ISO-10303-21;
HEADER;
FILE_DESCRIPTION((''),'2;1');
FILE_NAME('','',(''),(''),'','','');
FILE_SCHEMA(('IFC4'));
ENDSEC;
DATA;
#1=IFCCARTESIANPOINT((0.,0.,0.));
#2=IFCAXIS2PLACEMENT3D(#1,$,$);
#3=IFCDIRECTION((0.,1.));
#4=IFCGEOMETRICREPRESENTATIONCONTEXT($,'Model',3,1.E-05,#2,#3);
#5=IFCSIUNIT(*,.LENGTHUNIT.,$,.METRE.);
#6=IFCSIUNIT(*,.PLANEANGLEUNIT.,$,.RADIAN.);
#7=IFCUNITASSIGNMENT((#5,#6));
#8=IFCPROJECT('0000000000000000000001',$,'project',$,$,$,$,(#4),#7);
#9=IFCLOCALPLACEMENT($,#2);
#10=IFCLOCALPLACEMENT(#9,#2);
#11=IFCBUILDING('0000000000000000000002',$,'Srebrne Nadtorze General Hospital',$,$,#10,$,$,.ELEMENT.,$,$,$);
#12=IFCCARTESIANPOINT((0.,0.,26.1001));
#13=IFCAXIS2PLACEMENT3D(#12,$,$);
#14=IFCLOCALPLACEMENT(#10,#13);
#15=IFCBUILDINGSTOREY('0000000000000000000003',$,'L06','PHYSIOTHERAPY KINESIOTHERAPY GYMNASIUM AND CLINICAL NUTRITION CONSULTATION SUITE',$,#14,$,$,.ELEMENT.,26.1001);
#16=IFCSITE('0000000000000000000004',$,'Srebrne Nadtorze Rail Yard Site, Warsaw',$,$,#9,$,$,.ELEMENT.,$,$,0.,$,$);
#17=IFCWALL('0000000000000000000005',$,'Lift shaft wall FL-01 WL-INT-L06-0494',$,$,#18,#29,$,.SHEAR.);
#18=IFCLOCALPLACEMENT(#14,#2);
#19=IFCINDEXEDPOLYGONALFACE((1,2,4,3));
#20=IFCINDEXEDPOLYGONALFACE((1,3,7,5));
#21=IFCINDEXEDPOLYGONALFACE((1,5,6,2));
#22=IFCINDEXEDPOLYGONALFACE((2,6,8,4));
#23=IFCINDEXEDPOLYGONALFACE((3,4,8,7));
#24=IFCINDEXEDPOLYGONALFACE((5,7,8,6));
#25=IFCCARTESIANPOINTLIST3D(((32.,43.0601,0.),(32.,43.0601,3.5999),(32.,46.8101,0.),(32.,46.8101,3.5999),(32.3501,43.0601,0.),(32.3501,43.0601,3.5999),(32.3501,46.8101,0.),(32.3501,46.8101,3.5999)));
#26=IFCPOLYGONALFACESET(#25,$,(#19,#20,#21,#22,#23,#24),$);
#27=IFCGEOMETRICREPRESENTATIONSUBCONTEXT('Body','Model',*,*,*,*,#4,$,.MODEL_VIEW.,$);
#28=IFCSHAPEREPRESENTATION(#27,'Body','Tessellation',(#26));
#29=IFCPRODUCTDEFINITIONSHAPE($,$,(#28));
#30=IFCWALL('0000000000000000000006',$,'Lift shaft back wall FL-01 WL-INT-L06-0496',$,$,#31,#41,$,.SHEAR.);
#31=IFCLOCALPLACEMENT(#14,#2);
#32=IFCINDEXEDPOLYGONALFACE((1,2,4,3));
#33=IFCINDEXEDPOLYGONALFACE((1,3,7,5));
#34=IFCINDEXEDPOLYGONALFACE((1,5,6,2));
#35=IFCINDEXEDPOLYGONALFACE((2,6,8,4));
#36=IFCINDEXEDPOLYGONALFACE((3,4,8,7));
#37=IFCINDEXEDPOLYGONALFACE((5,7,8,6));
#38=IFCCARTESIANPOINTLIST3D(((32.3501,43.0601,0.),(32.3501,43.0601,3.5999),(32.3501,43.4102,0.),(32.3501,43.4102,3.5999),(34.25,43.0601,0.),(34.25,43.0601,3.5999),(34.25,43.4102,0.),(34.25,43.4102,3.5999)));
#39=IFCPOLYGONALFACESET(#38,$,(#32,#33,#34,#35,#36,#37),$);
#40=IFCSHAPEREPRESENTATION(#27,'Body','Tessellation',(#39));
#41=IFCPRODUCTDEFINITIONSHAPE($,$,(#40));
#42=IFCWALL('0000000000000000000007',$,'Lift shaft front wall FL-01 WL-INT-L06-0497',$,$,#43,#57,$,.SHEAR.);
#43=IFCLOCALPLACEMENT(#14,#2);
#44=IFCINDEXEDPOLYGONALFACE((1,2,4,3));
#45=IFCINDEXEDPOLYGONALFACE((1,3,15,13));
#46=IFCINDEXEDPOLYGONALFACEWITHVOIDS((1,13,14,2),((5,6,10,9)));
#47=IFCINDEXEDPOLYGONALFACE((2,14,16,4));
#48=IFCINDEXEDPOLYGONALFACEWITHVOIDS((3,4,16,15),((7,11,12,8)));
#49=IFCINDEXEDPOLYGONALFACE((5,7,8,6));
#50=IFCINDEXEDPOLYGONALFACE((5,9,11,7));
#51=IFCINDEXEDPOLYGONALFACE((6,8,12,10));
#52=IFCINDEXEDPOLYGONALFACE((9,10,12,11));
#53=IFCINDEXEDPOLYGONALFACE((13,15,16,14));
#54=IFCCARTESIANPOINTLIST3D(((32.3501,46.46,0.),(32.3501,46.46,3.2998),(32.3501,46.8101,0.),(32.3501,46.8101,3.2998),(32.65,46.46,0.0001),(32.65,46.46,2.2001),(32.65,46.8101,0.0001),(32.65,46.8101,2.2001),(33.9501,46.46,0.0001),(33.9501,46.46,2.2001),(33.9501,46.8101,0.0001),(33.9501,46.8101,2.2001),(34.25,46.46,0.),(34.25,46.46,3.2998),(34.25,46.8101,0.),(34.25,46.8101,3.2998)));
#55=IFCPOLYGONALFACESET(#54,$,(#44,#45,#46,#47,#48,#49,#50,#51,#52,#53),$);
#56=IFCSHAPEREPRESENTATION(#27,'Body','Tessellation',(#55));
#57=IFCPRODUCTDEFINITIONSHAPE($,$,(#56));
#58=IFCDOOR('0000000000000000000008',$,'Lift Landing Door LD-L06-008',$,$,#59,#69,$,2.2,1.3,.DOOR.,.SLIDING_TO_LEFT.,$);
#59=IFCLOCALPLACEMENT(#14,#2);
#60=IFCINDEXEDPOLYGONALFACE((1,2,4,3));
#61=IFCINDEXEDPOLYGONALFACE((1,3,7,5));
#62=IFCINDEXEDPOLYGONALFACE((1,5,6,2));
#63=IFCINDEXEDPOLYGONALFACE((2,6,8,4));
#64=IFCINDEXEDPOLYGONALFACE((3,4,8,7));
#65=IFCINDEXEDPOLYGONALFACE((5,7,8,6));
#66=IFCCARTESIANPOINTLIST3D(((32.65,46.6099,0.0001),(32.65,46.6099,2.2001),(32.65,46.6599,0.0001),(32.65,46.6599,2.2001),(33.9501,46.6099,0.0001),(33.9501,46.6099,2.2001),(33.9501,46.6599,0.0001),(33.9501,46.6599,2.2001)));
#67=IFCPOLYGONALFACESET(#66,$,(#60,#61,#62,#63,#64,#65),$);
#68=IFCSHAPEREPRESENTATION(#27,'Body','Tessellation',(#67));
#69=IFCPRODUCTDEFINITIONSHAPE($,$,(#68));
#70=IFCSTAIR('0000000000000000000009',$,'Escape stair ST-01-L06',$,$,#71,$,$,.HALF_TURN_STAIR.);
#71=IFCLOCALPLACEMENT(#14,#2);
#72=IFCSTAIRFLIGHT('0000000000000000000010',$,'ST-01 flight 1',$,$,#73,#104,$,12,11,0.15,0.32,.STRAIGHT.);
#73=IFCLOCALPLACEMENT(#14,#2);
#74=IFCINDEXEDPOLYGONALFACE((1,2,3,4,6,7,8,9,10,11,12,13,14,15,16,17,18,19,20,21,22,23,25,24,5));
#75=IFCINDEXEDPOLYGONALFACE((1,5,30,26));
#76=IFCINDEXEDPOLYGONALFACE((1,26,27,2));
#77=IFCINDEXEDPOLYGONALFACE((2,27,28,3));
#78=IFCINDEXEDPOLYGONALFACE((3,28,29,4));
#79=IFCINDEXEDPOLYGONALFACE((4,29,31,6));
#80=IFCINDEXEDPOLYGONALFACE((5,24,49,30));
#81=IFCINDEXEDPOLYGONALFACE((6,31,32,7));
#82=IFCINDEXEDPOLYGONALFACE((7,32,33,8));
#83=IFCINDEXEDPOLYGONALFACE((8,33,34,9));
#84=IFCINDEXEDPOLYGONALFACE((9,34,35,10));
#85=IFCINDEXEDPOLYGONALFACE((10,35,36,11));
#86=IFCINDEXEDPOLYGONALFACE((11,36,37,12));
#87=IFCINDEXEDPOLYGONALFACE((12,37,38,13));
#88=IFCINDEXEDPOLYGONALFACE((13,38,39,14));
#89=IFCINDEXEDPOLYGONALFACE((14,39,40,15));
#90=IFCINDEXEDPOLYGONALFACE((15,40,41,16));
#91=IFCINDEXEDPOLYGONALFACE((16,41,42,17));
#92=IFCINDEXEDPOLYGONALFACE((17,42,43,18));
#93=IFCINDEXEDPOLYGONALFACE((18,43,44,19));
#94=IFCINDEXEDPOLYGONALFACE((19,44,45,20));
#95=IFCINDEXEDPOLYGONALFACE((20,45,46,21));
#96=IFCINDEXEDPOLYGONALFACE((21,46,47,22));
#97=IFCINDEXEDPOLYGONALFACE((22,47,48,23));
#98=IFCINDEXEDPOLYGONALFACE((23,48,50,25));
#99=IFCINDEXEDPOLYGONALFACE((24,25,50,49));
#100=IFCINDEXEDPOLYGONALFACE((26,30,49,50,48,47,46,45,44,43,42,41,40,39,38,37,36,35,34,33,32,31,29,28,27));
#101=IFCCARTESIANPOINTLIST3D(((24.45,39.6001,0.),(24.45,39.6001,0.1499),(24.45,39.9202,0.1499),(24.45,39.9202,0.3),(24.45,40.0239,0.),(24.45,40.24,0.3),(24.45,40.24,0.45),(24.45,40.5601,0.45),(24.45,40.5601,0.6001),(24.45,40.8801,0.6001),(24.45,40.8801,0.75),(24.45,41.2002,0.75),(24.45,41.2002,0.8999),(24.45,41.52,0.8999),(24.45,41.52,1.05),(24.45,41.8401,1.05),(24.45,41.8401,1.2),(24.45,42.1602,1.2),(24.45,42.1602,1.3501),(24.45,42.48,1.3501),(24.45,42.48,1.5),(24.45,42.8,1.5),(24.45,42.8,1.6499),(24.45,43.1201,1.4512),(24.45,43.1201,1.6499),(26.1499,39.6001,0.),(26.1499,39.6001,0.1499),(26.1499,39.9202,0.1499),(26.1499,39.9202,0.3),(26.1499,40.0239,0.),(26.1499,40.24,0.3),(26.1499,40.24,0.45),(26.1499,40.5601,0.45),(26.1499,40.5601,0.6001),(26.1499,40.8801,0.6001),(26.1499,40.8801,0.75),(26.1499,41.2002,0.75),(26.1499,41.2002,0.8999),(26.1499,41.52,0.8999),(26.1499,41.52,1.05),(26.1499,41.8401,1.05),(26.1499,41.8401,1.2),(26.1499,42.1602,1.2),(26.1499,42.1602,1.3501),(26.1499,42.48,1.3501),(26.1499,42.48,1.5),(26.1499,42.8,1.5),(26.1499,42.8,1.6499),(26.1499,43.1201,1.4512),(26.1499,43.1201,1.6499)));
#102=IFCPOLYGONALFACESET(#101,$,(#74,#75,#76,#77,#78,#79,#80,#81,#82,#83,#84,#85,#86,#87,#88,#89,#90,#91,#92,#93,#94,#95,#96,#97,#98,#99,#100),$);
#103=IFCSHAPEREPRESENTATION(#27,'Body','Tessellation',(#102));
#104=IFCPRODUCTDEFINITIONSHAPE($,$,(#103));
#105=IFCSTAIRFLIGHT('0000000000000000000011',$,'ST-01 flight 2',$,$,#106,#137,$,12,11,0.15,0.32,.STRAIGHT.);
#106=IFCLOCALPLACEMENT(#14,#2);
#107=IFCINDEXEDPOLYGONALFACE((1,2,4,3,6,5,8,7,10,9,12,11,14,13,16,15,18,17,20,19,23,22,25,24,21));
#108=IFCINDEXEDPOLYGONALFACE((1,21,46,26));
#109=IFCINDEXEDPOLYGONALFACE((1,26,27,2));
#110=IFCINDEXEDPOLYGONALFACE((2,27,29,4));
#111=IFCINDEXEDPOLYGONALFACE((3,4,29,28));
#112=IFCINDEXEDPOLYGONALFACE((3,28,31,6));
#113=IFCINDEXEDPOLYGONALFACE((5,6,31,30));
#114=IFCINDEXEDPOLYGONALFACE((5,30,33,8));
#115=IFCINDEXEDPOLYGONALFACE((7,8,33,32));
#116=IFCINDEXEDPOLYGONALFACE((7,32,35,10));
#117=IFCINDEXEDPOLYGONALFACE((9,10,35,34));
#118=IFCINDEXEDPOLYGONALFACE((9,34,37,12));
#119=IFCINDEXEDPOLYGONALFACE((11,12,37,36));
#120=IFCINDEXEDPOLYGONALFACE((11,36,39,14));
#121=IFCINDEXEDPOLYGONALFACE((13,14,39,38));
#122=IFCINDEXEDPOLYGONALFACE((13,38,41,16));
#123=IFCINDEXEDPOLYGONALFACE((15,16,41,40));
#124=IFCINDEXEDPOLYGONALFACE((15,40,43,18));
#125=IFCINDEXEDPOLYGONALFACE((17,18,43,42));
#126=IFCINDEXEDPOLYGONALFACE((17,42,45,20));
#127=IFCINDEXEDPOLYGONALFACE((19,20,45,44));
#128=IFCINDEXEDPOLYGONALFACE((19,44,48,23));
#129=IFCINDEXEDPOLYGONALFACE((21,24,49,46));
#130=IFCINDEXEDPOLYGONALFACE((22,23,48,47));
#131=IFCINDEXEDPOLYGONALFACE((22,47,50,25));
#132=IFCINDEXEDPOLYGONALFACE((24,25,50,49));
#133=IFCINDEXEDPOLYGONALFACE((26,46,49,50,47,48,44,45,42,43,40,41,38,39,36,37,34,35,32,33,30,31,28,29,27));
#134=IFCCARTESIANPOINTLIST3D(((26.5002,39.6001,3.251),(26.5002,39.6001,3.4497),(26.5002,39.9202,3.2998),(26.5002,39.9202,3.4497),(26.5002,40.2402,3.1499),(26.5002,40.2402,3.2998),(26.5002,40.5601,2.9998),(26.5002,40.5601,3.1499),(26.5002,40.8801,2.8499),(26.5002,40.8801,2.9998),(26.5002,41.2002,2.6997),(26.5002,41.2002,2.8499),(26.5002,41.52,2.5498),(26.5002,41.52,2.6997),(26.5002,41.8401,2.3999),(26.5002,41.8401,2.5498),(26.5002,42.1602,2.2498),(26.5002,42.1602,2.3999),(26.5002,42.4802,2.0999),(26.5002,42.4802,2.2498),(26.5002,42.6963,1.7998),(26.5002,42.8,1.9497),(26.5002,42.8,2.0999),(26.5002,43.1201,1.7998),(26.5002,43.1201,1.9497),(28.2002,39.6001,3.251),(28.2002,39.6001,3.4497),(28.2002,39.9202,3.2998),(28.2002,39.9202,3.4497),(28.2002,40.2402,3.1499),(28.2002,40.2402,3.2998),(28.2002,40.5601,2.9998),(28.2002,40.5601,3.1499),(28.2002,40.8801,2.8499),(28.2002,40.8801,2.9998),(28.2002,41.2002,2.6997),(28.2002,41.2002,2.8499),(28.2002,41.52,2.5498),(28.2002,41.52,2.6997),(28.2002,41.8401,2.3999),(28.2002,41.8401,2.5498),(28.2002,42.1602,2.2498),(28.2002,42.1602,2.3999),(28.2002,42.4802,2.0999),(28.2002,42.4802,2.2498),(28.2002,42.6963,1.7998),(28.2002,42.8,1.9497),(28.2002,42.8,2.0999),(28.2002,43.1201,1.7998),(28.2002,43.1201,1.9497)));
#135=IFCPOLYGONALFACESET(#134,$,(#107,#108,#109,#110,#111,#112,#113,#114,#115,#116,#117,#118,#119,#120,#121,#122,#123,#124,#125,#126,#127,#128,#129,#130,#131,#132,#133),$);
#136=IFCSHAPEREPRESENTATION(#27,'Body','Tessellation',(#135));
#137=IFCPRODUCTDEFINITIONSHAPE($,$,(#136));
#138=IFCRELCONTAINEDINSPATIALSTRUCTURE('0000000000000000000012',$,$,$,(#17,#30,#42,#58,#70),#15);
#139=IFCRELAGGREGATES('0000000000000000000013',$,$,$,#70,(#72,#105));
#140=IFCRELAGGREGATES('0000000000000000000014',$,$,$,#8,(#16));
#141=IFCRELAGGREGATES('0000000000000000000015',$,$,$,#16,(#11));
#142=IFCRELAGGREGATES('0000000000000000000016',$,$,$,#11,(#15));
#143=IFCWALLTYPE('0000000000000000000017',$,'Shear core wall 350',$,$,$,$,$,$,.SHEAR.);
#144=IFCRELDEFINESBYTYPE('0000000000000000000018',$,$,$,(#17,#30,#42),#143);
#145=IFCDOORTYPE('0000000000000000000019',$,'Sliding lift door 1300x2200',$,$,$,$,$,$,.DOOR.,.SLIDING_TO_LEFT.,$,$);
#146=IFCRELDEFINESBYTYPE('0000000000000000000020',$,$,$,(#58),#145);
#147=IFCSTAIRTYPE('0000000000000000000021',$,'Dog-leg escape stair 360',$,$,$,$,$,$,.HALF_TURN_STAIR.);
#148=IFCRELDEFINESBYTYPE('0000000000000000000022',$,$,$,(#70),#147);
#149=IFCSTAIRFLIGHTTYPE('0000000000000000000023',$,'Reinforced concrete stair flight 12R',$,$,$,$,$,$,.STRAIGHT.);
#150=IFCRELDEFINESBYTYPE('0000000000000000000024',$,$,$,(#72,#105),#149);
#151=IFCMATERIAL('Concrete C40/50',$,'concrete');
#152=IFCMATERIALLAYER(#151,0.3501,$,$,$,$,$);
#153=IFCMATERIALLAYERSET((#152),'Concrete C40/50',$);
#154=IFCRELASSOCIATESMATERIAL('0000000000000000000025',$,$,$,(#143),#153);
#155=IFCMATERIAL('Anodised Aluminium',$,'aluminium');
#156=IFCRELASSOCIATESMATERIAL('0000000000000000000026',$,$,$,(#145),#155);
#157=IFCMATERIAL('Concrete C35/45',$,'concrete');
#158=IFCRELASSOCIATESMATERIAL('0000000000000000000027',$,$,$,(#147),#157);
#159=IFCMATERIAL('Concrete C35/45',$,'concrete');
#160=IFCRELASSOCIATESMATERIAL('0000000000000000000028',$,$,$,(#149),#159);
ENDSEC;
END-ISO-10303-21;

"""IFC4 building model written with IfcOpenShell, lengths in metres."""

from ifc_helpers import new_model, si_unit, direction, frame, frame_2d, origin, place, context, subcontext, project, spatial, polyline, rectangle, outline, extrude, material, layer, layer_set, type_object, element, fill, aggregate, save


model = new_model("IFC4")

# Units and contexts
model_context = context("Model", 3, precision=1e-05, world=origin(), true_north=direction((0.0, 1.0)))
body_context = subcontext(model_context, "Body", "Model", "MODEL_VIEW")
ifc_project = project(units=[si_unit("LENGTHUNIT", "METRE"), si_unit("PLANEANGLEUNIT", "RADIAN")], contexts=[model_context])

# Site, building, storey
site_placement = place(None, origin())
site = spatial("IfcSite", under=ifc_project, at=site_placement, Name="Srebrne Nadtorze Rail Yard Site, Warsaw", CompositionType="ELEMENT", RefElevation=0.0)
building_placement = place(site_placement, origin())
building = spatial("IfcBuilding", under=site, at=building_placement, Name="Srebrne Nadtorze General Hospital", CompositionType="ELEMENT")
storey_placement = place(building_placement, frame((0.0, 0.0, 26.1001)))
storey = spatial("IfcBuildingStorey", under=building, at=storey_placement, Name="L06", Description="PHYSIOTHERAPY KINESIOTHERAPY GYMNASIUM AND CLINICAL NUTRITION CONSULTATION SUITE", CompositionType="ELEMENT", Elevation=26.1001)

# Shared definitions
ifc_material_1 = material(Name="Concrete C40/50", Category="concrete")
ifc_layer_1 = layer(ifc_material_1, 0.3501)
ifc_layer_set_1 = layer_set([ifc_layer_1], Name="Concrete C40/50")
wall_type_1 = type_object("IfcWallType", Name="Shear core wall 350", PredefinedType="SHEAR", material=ifc_layer_set_1)

# Walls
wall_1_placement = place(storey_placement, frame((32.175, 43.0601, 0.0), z_axis=(0.0, 0.0, 1.0), x_axis=(0.0, 1.0, 0.0)))
element("IfcWall", 1, at=wall_1_placement, inside=storey, type_object=wall_type_1, Name="Lift shaft wall FL-01 WL-INT-L06-0494", PredefinedType="SHEAR", context=body_context, shape_type="SweptSolid", body=[
    extrude(rectangle(XDim=3.75, YDim=0.3501, at=frame_2d((1.875, 0.0))), origin(), (0.0, 0.0, 1.0), 3.5999),
])
wall_2_placement = place(storey_placement, frame((32.3501, 43.2351, 0.0), z_axis=(0.0, 0.0, 1.0), x_axis=(1.0, 0.0, 0.0)))
element("IfcWall", 2, at=wall_2_placement, inside=storey, type_object=wall_type_1, Name="Lift shaft back wall FL-01 WL-INT-L06-0496", PredefinedType="SHEAR", context=body_context, shape_type="SweptSolid", body=[
    extrude(rectangle(XDim=1.8999, YDim=0.3501, at=frame_2d((0.95, 0.0))), origin(), (0.0, 0.0, 1.0), 3.5999),
])

# Wall, opening, door
wall_3_placement = place(storey_placement, frame((32.3501, 46.635, 0.0), z_axis=(0.0, 0.0, 1.0), x_axis=(1.0, 0.0, 0.0)))
wall_3 = element("IfcWall", 3, at=wall_3_placement, inside=storey, type_object=wall_type_1, Name="Lift shaft front wall FL-01 WL-INT-L06-0497", PredefinedType="SHEAR", context=body_context, shape_type="SweptSolid", body=[
    extrude(rectangle(XDim=1.8999, YDim=0.3501, at=frame_2d((0.95, 0.0))), origin(), (0.0, 0.0, 1.0), 3.2998),
])
opening_1_placement = place(wall_3_placement, frame((0.3, 0.0, 0.0)))
opening_1 = element("IfcOpeningElement", 4, at=opening_1_placement, cuts=wall_3, PredefinedType="OPENING", context=body_context, shape_type="SweptSolid", body=[
    extrude(rectangle(XDim=1.3, YDim=2.2, at=frame_2d((0.6499, 1.1001))), frame((0.0, 0.187, 0.0), z_axis=(0.0, -1.0, 0.0), x_axis=(1.0, 0.0, 0.0)), (0.0, 0.0, 1.0), 0.374),
])
ifc_material_2 = material(Name="Anodised Aluminium", Category="aluminium")
door_type_1 = type_object("IfcDoorType", Name="Sliding lift door 1300x2200", OperationType="SLIDING_TO_LEFT", PredefinedType="DOOR", material=ifc_material_2)
door_1_placement = place(opening_1_placement, origin())
door_1 = element("IfcDoor", 5, at=door_1_placement, inside=storey, type_object=door_type_1, Name="Lift Landing Door LD-L06-008", OperationType="SLIDING_TO_LEFT", OverallHeight=2.2, OverallWidth=1.3, PredefinedType="DOOR", context=body_context, shape_type="SweptSolid", body=[
    extrude(rectangle(XDim=1.3, YDim=2.2, at=frame_2d((0.6499, 1.1001))), frame((0.0, 0.0249, 0.0), z_axis=(0.0, -1.0, 0.0), x_axis=(1.0, 0.0, 0.0)), (0.0, 0.0, 1.0), 0.05),
])
fill(opening_1, door_1)

# Stair, stair flights
ifc_material_3 = material(Name="Concrete C35/45", Category="concrete")
stair_type = type_object("IfcStairType", Name="Dog-leg escape stair 360", PredefinedType="HALF_TURN_STAIR", material=ifc_material_3)
stair_placement = place(storey_placement, origin())
stair = element("IfcStair", 6, at=stair_placement, inside=storey, type_object=stair_type, Name="Escape stair ST-01-L06", PredefinedType="HALF_TURN_STAIR")
ifc_material_4 = material(Name="Concrete C35/45", Category="concrete")
stair_flight_type = type_object("IfcStairFlightType", Name="Reinforced concrete stair flight 12R", PredefinedType="STRAIGHT", material=ifc_material_4)
stair_flight_1_placement = place(storey_placement, frame((25.3, 39.6001, 0.0), z_axis=(0.0, 0.0, 1.0), x_axis=(0.0, 1.0, 0.0)))
stair_flight_1 = element("IfcStairFlight", 7, at=stair_flight_1_placement, type_object=stair_flight_type, Name="ST-01 flight 1", NumberOfRisers=12, NumberOfTreads=11, PredefinedType="STRAIGHT", RiserHeight=0.15, TreadLength=0.32, context=body_context, shape_type="SweptSolid", body=[
    extrude(outline(polyline([(0.0, 0.0), (0.0, 0.1499), (0.3201, 0.1499), (0.3201, 0.3), (0.6399, 0.3), (0.6399, 0.45), (0.96, 0.45), (0.96, 0.6001), (1.28, 0.6001), (1.28, 0.75), (1.6001, 0.75), (1.6001, 0.8999), (1.9199, 0.8999), (1.9199, 1.05), (2.24, 1.05), (2.24, 1.2), (2.5601, 1.2), (2.5601, 1.3501), (2.8799, 1.3501), (2.8799, 1.5), (3.2, 1.5), (3.2, 1.6499), (3.52, 1.6499), (3.52, 1.8), (3.52, 1.4512), (0.4238, 0.0), (0.0, 0.0)])), frame((0.0, 0.8501, 0.0), z_axis=(0.0, -1.0, 0.0), x_axis=(1.0, 0.0, 0.0)), (0.0, 0.0, 1.0), 1.7),
])
stair_flight_2_placement = place(storey_placement, frame((27.3501, 43.1201, 1.7998), z_axis=(0.0, 0.0, 1.0), x_axis=(0.0, -1.0, 0.0)))
stair_flight_2 = element("IfcStairFlight", 8, at=stair_flight_2_placement, type_object=stair_flight_type, Name="ST-01 flight 2", NumberOfRisers=12, NumberOfTreads=11, PredefinedType="STRAIGHT", RiserHeight=0.15, TreadLength=0.32, context=body_context, shape_type="SweptSolid", body=[
    extrude(outline(polyline([(0.0, 0.0), (0.0, 0.1499), (0.3201, 0.1499), (0.3201, 0.3), (0.6399, 0.3), (0.6399, 0.45), (0.96, 0.45), (0.96, 0.6001), (1.28, 0.6001), (1.28, 0.75), (1.6001, 0.75), (1.6001, 0.8999), (1.9199, 0.8999), (1.9199, 1.05), (2.24, 1.05), (2.24, 1.2), (2.5601, 1.2), (2.5601, 1.3501), (2.8799, 1.3501), (2.8799, 1.5), (3.2, 1.5), (3.2, 1.6499), (3.52, 1.6499), (3.52, 1.8), (3.52, 1.4512), (0.4238, 0.0), (0.0, 0.0)])), frame((0.0, 0.8501, 0.0), z_axis=(0.0, -1.0, 0.0), x_axis=(1.0, 0.0, 0.0)), (0.0, 0.0, 1.0), 1.7),
])
aggregate(stair, [stair_flight_1, stair_flight_2])

save(model, "model.ifc")
